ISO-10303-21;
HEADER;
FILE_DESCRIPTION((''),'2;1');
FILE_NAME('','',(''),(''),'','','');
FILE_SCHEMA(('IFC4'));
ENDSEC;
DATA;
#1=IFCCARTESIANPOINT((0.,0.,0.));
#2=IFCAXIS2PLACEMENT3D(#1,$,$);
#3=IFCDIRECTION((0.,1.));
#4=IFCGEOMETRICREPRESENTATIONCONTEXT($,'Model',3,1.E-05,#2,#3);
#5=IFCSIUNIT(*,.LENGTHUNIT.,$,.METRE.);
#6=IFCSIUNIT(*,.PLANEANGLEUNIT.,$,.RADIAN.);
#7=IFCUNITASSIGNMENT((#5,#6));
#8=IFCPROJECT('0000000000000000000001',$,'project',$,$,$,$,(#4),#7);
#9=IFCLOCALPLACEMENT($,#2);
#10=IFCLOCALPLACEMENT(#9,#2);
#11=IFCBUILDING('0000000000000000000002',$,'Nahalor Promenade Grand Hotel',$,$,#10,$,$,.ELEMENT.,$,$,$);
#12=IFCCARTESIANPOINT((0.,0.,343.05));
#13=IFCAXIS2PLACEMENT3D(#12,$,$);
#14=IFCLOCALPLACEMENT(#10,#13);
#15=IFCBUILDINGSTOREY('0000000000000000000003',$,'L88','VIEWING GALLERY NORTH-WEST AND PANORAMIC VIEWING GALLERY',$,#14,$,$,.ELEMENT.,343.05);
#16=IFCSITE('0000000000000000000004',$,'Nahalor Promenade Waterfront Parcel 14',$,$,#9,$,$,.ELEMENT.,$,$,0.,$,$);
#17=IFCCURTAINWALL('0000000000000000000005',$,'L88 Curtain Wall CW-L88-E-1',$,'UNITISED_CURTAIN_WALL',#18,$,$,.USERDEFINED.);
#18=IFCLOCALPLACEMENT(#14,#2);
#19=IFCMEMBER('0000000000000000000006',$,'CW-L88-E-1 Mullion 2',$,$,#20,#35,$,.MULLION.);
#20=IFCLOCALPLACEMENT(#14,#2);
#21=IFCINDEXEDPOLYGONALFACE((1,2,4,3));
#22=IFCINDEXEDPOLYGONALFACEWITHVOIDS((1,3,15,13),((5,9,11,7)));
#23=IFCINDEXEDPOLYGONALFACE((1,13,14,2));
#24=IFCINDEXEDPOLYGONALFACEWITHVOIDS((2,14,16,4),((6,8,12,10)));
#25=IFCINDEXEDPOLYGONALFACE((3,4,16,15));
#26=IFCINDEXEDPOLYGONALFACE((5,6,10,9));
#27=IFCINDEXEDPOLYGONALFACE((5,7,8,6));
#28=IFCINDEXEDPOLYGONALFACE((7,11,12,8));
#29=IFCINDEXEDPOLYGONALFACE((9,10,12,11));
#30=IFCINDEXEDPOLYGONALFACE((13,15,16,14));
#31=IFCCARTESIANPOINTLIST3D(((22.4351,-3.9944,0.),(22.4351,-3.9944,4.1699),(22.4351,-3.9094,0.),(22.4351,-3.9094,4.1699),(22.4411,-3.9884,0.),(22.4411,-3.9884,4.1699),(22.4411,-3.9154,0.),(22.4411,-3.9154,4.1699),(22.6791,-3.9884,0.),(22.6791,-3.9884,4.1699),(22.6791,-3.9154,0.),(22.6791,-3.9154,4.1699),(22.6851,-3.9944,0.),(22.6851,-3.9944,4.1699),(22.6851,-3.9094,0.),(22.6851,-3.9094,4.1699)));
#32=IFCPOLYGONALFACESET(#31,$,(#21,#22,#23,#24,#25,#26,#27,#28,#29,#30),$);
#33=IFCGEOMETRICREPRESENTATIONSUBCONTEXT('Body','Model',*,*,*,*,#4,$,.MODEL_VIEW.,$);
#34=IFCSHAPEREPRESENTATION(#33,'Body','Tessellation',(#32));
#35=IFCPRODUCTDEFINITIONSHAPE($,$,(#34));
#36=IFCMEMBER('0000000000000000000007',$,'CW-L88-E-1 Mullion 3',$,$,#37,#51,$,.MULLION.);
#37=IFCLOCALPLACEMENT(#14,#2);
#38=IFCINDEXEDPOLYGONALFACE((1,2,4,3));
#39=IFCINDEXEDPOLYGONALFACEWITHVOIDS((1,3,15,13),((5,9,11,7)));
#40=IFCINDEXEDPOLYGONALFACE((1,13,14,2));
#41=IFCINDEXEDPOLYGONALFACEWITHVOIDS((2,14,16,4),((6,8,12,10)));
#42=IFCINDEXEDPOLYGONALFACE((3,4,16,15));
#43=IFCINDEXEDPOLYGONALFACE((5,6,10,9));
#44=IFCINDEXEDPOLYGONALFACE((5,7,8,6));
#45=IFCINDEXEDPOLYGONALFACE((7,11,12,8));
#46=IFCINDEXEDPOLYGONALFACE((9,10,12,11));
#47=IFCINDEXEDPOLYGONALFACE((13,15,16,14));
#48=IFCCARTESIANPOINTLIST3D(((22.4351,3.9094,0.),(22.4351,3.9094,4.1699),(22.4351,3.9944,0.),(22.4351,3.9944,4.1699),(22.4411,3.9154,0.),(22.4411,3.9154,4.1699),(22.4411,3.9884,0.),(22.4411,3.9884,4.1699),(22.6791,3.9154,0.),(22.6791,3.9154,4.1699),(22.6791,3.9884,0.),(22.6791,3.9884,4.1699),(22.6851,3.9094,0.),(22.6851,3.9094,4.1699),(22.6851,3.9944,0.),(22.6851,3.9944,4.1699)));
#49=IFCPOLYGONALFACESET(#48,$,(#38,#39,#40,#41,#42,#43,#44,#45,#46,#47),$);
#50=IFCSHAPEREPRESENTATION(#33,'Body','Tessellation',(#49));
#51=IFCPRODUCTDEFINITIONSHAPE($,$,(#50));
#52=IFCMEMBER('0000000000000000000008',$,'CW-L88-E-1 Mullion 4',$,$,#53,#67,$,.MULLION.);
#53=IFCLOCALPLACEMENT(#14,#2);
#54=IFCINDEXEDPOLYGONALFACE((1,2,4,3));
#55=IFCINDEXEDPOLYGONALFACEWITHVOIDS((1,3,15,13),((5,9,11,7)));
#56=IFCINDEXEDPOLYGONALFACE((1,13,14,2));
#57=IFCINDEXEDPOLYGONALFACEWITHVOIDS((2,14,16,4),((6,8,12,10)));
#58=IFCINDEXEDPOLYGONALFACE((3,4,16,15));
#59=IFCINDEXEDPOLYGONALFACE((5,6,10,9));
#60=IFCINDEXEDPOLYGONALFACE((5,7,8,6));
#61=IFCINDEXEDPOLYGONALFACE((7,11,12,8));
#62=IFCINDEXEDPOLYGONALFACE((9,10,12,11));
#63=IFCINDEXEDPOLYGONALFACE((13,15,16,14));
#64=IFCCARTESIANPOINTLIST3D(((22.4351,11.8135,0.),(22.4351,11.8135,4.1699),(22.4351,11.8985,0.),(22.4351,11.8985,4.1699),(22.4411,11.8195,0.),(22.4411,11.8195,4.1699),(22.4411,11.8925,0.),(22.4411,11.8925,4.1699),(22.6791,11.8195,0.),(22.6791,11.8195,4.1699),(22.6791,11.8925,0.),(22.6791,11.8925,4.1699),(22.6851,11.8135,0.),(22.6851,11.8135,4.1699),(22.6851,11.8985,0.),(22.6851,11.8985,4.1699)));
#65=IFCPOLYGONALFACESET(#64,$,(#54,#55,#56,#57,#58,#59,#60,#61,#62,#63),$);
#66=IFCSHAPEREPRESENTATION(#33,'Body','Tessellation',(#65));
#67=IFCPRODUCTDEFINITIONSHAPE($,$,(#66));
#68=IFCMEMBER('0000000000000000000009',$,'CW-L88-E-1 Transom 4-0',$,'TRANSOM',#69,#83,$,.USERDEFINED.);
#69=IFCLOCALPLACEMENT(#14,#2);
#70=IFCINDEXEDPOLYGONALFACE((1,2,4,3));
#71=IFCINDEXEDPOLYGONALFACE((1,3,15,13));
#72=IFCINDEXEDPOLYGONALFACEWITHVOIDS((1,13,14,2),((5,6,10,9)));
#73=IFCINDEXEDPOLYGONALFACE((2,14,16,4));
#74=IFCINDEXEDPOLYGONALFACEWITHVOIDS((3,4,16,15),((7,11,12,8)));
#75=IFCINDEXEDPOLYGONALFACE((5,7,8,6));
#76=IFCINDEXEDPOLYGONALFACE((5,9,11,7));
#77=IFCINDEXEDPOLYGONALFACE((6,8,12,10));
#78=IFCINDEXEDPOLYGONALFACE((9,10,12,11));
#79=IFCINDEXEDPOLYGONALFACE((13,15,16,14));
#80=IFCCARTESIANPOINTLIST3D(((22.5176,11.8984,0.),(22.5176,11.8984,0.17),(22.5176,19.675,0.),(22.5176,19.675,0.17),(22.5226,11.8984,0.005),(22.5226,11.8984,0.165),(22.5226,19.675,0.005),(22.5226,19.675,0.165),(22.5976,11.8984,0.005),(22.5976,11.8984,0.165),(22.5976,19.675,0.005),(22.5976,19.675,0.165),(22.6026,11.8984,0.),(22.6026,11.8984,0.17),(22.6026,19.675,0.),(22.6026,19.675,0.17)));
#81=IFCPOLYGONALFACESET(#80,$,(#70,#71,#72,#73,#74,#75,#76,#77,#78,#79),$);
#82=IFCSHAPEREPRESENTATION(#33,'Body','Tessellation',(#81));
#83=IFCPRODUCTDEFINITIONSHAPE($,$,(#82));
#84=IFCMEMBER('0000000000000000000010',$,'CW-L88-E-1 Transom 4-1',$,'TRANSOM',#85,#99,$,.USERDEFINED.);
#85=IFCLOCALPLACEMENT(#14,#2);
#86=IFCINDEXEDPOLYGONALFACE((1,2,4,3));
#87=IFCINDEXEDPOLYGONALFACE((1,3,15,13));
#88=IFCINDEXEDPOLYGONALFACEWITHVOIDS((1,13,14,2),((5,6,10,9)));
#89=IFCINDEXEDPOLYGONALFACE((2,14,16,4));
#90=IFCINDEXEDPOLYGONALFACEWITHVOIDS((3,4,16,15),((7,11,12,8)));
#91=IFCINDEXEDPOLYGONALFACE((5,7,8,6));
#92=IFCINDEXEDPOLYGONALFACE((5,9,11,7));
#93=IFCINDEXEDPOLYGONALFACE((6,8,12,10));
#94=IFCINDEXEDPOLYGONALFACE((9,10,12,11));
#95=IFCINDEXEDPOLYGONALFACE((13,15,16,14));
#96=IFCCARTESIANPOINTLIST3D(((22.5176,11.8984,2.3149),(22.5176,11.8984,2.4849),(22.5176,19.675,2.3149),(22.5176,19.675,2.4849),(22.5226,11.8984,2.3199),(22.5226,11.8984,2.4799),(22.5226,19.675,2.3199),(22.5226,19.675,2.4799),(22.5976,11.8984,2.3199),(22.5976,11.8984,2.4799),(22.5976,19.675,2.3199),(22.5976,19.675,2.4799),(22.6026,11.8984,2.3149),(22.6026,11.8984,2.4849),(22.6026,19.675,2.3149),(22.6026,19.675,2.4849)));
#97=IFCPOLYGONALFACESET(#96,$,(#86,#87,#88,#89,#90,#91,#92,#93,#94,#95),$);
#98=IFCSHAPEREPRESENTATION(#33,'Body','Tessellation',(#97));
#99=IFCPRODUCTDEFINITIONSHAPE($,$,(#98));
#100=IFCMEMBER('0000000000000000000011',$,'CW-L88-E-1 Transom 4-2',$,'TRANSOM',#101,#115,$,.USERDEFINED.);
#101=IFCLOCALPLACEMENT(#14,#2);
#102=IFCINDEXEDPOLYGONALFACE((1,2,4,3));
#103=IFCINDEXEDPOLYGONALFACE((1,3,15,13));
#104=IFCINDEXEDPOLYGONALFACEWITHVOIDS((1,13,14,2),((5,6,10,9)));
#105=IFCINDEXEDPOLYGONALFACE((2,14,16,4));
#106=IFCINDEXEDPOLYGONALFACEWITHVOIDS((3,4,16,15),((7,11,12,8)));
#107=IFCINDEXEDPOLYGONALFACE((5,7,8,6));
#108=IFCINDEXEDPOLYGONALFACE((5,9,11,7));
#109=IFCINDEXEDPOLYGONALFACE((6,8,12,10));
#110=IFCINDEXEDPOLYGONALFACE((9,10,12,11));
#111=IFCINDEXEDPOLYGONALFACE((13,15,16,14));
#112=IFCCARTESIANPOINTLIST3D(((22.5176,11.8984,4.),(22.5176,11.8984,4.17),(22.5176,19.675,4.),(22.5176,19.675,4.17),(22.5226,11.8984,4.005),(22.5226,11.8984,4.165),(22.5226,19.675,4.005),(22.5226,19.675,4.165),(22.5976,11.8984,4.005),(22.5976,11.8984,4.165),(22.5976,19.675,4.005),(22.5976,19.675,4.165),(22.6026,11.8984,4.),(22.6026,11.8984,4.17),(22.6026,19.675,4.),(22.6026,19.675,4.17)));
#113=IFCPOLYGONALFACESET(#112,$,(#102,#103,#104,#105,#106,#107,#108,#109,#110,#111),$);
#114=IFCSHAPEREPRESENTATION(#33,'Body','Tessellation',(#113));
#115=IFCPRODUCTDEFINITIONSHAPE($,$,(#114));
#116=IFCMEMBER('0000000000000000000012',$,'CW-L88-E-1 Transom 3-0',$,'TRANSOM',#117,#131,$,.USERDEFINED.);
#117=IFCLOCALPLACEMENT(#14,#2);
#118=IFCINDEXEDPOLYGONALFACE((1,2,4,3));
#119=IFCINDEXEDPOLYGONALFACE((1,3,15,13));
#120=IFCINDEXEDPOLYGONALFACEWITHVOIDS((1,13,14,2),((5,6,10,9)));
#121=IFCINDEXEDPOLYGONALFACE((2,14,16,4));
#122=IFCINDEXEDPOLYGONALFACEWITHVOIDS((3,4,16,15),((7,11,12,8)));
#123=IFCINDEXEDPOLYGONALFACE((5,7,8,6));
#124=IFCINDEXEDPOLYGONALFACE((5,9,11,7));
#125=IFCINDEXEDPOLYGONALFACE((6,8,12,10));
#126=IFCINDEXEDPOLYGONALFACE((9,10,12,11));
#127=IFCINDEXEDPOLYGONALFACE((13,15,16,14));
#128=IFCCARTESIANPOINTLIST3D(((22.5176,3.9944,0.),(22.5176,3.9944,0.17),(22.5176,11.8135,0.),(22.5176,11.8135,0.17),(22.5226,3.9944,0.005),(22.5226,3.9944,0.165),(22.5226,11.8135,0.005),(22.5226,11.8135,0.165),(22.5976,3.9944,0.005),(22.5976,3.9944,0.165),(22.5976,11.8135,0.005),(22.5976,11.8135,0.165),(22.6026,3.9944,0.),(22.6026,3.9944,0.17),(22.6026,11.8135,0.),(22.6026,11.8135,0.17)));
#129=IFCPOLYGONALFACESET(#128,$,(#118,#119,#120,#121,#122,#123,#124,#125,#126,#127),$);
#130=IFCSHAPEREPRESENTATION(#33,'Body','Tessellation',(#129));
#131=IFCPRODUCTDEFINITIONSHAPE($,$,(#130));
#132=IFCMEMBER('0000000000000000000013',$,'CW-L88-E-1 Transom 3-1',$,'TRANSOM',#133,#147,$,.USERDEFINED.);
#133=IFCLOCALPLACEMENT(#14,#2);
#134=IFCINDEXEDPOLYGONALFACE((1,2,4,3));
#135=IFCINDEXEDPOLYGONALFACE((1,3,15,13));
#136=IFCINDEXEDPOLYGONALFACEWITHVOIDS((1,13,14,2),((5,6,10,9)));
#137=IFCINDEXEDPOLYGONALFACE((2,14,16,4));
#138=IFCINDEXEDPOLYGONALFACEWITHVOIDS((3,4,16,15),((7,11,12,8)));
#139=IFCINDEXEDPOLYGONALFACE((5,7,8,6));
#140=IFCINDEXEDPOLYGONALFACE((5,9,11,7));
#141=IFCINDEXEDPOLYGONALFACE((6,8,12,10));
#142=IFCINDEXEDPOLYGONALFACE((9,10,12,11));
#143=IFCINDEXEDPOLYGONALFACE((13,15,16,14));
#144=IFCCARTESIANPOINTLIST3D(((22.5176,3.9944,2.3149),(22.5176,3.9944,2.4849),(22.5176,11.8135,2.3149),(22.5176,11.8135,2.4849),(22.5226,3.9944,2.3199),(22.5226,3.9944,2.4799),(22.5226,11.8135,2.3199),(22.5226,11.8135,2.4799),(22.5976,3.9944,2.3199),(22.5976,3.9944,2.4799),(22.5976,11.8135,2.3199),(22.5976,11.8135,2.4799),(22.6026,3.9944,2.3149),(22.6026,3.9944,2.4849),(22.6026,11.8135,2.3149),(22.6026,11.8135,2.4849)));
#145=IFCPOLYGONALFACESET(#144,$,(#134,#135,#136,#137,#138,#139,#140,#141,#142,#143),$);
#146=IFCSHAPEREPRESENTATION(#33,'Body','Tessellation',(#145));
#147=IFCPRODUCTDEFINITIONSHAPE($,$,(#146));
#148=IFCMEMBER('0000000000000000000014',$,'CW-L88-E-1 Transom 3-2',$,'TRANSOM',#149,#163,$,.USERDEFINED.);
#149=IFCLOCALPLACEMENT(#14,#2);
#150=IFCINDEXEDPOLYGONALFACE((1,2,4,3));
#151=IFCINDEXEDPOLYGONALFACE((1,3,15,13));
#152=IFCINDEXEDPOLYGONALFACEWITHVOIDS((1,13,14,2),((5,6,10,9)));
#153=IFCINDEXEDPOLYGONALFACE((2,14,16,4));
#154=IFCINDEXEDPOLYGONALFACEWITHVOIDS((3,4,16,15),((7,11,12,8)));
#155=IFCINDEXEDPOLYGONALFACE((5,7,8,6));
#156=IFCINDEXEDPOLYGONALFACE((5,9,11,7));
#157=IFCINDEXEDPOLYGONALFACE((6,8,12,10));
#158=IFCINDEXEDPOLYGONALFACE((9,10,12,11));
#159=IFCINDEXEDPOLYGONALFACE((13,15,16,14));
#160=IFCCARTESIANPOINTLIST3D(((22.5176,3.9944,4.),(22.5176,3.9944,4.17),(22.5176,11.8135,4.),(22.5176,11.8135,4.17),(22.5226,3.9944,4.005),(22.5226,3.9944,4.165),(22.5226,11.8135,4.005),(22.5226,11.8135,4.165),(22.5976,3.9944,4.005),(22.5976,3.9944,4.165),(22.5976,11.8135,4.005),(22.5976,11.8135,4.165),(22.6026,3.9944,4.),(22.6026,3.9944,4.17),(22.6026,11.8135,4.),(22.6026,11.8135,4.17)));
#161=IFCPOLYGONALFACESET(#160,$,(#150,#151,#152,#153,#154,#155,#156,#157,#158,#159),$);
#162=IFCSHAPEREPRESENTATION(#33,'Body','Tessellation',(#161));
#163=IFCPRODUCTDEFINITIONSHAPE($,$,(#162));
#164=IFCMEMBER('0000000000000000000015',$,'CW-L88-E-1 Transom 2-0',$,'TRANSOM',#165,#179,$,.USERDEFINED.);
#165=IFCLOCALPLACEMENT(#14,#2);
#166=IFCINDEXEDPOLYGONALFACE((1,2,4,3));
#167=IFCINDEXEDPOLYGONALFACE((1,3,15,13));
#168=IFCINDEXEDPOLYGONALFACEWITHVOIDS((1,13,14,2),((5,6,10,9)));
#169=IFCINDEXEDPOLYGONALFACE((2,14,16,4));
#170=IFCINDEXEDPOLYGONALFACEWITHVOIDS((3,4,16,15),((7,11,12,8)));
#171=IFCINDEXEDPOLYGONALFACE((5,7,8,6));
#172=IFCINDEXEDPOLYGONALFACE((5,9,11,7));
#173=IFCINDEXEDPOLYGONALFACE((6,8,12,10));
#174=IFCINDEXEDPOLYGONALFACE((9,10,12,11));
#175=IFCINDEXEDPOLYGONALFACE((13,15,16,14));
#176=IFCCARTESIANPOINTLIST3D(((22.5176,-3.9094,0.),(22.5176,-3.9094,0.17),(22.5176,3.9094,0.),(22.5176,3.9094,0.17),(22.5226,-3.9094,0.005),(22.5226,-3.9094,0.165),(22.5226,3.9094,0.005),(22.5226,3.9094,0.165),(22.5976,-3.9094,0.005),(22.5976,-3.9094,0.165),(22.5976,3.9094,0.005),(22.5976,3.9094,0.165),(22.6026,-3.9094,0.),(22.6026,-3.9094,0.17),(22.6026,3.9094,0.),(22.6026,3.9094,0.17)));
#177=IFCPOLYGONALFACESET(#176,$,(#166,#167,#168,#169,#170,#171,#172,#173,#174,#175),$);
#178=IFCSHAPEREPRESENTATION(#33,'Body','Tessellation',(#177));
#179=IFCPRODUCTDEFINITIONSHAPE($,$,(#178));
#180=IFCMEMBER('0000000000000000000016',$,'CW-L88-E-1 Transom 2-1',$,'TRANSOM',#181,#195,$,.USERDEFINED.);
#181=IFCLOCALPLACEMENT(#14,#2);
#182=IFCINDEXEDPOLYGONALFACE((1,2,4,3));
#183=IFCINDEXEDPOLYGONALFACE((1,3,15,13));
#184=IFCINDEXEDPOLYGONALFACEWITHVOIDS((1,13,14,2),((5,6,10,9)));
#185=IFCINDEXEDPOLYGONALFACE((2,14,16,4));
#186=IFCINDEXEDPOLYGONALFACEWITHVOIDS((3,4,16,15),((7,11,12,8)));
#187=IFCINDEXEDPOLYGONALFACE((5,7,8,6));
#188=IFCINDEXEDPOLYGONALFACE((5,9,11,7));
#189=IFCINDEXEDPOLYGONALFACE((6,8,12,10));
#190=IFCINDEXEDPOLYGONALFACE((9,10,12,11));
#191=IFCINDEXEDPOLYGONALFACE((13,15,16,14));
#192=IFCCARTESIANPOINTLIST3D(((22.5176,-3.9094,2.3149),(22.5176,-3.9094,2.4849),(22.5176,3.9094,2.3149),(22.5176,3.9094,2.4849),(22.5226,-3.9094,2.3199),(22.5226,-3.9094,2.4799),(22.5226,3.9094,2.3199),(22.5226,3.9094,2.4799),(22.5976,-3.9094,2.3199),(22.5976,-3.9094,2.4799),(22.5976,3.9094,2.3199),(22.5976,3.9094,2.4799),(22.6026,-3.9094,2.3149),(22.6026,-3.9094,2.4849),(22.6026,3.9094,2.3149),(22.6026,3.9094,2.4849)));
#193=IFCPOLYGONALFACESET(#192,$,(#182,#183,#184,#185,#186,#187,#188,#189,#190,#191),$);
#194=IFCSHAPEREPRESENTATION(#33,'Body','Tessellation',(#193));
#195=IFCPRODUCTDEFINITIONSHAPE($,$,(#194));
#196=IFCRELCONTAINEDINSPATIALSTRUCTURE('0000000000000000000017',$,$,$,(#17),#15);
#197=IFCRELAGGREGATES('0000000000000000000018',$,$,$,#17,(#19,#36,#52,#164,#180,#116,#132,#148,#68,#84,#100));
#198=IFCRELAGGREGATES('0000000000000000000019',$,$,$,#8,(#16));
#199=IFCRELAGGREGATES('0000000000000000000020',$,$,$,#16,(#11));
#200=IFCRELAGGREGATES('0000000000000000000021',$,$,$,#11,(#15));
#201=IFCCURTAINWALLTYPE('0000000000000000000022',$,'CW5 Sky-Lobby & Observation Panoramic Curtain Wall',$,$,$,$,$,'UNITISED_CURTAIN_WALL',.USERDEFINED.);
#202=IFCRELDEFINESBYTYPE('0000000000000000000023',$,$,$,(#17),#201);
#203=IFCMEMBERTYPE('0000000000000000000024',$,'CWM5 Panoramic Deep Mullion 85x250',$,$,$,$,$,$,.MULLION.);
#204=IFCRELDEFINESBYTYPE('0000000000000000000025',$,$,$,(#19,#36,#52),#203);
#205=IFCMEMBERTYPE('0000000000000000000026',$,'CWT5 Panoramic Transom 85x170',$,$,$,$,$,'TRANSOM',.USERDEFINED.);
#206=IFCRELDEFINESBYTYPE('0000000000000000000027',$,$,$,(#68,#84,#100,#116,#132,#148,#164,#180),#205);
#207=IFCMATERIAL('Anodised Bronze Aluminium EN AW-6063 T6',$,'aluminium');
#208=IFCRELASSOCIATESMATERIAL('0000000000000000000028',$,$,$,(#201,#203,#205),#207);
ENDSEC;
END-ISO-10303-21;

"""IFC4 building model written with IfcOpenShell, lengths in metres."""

from ifc_helpers import new_model, si_unit, direction, frame, origin, origin_2d, place, context, subcontext, project, spatial, hollow_rectangle, extrude, source, transform, mapped, material, material_profile, profile_set, type_object, element, aggregate, save


model = new_model("IFC4")

# Units and contexts
model_context = context("Model", 3, precision=1e-05, world=origin(), true_north=direction((0.0, 1.0)))
body_context = subcontext(model_context, "Body", "Model", "MODEL_VIEW")
ifc_project = project(units=[si_unit("LENGTHUNIT", "METRE"), si_unit("PLANEANGLEUNIT", "RADIAN")], contexts=[model_context])

# Site, building, storey
site_placement = place(None, origin())
site = spatial("IfcSite", under=ifc_project, at=site_placement, Name="Nahalor Promenade Waterfront Parcel 14", CompositionType="ELEMENT", RefElevation=0.0)
building_placement = place(site_placement, origin())
building = spatial("IfcBuilding", under=site, at=building_placement, Name="Nahalor Promenade Grand Hotel", CompositionType="ELEMENT")
storey_placement = place(building_placement, frame((0.0, 0.0, 343.05)))
storey = spatial("IfcBuildingStorey", under=building, at=storey_placement, Name="L88", Description="VIEWING GALLERY NORTH-WEST AND PANORAMIC VIEWING GALLERY", CompositionType="ELEMENT", Elevation=343.05)

# Curtain wall, members
ifc_material_1 = material(Name="Anodised Bronze Aluminium EN AW-6063 T6", Category="aluminium")
curtain_wall_type = type_object("IfcCurtainWallType", Name="CW5 Sky-Lobby & Observation Panoramic Curtain Wall", ElementType="UNITISED_CURTAIN_WALL", PredefinedType="USERDEFINED", material=ifc_material_1)
curtain_wall_placement = place(storey_placement, origin())
curtain_wall = element("IfcCurtainWall", 1, at=curtain_wall_placement, inside=storey, type_object=curtain_wall_type, Name="L88 Curtain Wall CW-L88-E-1", ObjectType="UNITISED_CURTAIN_WALL", PredefinedType="USERDEFINED")
ifc_material_profile_1 = material_profile(ifc_material_1, hollow_rectangle(XDim=0.085, YDim=0.25, WallThickness=0.006, at=origin_2d()), Name="CWM 85x250x6")
ifc_profile_set_1 = profile_set([ifc_material_profile_1], Name="Anodised Bronze Aluminium EN AW-6063 T6")
member_type_1 = type_object("IfcMemberType", Name="CWM5 Panoramic Deep Mullion 85x250", PredefinedType="MULLION", material=ifc_profile_set_1)
shared_shape_1 = source(origin(), body_context, "Body", "SweptSolid", [
    extrude(hollow_rectangle(XDim=0.085, YDim=0.25, WallThickness=0.006, at=origin_2d()), origin(), (0.0, 0.0, 1.0), 4.1699),
])
member_1_placement = place(storey_placement, frame((22.5601, -3.9519, 0.0), z_axis=(0.0, 0.0, 1.0), x_axis=(0.0, 1.0, 0.0)))
member_1 = element("IfcMember", 2, at=member_1_placement, type_object=member_type_1, Name="CW-L88-E-1 Mullion 2", PredefinedType="MULLION", context=body_context, shape_type="MappedRepresentation", body=[
    mapped(shared_shape_1, transform((0.0, 0.0, 0.0), scale=1.0)),
])
member_2_placement = place(storey_placement, frame((22.5601, 3.9519, 0.0), z_axis=(0.0, 0.0, 1.0), x_axis=(0.0, 1.0, 0.0)))
member_2 = element("IfcMember", 3, at=member_2_placement, type_object=member_type_1, Name="CW-L88-E-1 Mullion 3", PredefinedType="MULLION", context=body_context, shape_type="MappedRepresentation", body=[
    mapped(shared_shape_1, transform((0.0, 0.0, 0.0), scale=1.0)),
])
member_3_placement = place(storey_placement, frame((22.5601, 11.856, 0.0), z_axis=(0.0, 0.0, 1.0), x_axis=(0.0, 1.0, 0.0)))
member_3 = element("IfcMember", 4, at=member_3_placement, type_object=member_type_1, Name="CW-L88-E-1 Mullion 4", PredefinedType="MULLION", context=body_context, shape_type="MappedRepresentation", body=[
    mapped(shared_shape_1, transform((0.0, 0.0, 0.0), scale=1.0)),
])
ifc_material_profile_2 = material_profile(ifc_material_1, hollow_rectangle(XDim=0.085, YDim=0.17, WallThickness=0.005, at=origin_2d()), Name="CWT 85x170x5")
ifc_profile_set_2 = profile_set([ifc_material_profile_2], Name="Anodised Bronze Aluminium EN AW-6063 T6")
member_type_2 = type_object("IfcMemberType", Name="CWT5 Panoramic Transom 85x170", ElementType="TRANSOM", PredefinedType="USERDEFINED", material=ifc_profile_set_2)
shared_shape_2 = source(origin(), body_context, "Body", "SweptSolid", [
    extrude(hollow_rectangle(XDim=0.085, YDim=0.17, WallThickness=0.005, at=origin_2d()), origin(), (0.0, 0.0, 1.0), 7.7766),
])
member_4_placement = place(storey_placement, frame((22.5601, 11.8984, 0.085), z_axis=(0.0, 1.0, 0.0), x_axis=(-1.0, 0.0, 0.0)))
member_4 = element("IfcMember", 5, at=member_4_placement, type_object=member_type_2, Name="CW-L88-E-1 Transom 4-0", ObjectType="TRANSOM", PredefinedType="USERDEFINED", context=body_context, shape_type="MappedRepresentation", body=[
    mapped(shared_shape_2, transform((0.0, 0.0, 0.0), scale=1.0)),
])
member_5_placement = place(storey_placement, frame((22.5601, 11.8984, 2.3999), z_axis=(0.0, 1.0, 0.0), x_axis=(-1.0, 0.0, 0.0)))
member_5 = element("IfcMember", 6, at=member_5_placement, type_object=member_type_2, Name="CW-L88-E-1 Transom 4-1", ObjectType="TRANSOM", PredefinedType="USERDEFINED", context=body_context, shape_type="MappedRepresentation", body=[
    mapped(shared_shape_2, transform((0.0, 0.0, 0.0), scale=1.0)),
])
member_6_placement = place(storey_placement, frame((22.5601, 11.8984, 4.085), z_axis=(0.0, 1.0, 0.0), x_axis=(-1.0, 0.0, 0.0)))
member_6 = element("IfcMember", 7, at=member_6_placement, type_object=member_type_2, Name="CW-L88-E-1 Transom 4-2", ObjectType="TRANSOM", PredefinedType="USERDEFINED", context=body_context, shape_type="MappedRepresentation", body=[
    mapped(shared_shape_2, transform((0.0, 0.0, 0.0), scale=1.0)),
])
shared_shape_3 = source(origin(), body_context, "Body", "SweptSolid", [
    extrude(hollow_rectangle(XDim=0.085, YDim=0.17, WallThickness=0.005, at=origin_2d()), origin(), (0.0, 0.0, 1.0), 7.8191),
])
member_7_placement = place(storey_placement, frame((22.5601, 3.9944, 0.085), z_axis=(0.0, 1.0, 0.0), x_axis=(-1.0, 0.0, 0.0)))
member_7 = element("IfcMember", 8, at=member_7_placement, type_object=member_type_2, Name="CW-L88-E-1 Transom 3-0", ObjectType="TRANSOM", PredefinedType="USERDEFINED", context=body_context, shape_type="MappedRepresentation", body=[
    mapped(shared_shape_3, transform((0.0, 0.0, 0.0), scale=1.0)),
])
member_8_placement = place(storey_placement, frame((22.5601, 3.9944, 2.3999), z_axis=(0.0, 1.0, 0.0), x_axis=(-1.0, 0.0, 0.0)))
member_8 = element("IfcMember", 9, at=member_8_placement, type_object=member_type_2, Name="CW-L88-E-1 Transom 3-1", ObjectType="TRANSOM", PredefinedType="USERDEFINED", context=body_context, shape_type="MappedRepresentation", body=[
    mapped(shared_shape_3, transform((0.0, 0.0, 0.0), scale=1.0)),
])
member_9_placement = place(storey_placement, frame((22.5601, 3.9944, 4.085), z_axis=(0.0, 1.0, 0.0), x_axis=(-1.0, 0.0, 0.0)))
member_9 = element("IfcMember", 10, at=member_9_placement, type_object=member_type_2, Name="CW-L88-E-1 Transom 3-2", ObjectType="TRANSOM", PredefinedType="USERDEFINED", context=body_context, shape_type="MappedRepresentation", body=[
    mapped(shared_shape_3, transform((0.0, 0.0, 0.0), scale=1.0)),
])
shared_shape_4 = source(origin(), body_context, "Body", "SweptSolid", [
    extrude(hollow_rectangle(XDim=0.085, YDim=0.17, WallThickness=0.005, at=origin_2d()), origin(), (0.0, 0.0, 1.0), 7.8188),
])
member_10_placement = place(storey_placement, frame((22.5601, -3.9094, 0.085), z_axis=(0.0, 1.0, 0.0), x_axis=(-1.0, 0.0, 0.0)))
member_10 = element("IfcMember", 11, at=member_10_placement, type_object=member_type_2, Name="CW-L88-E-1 Transom 2-0", ObjectType="TRANSOM", PredefinedType="USERDEFINED", context=body_context, shape_type="MappedRepresentation", body=[
    mapped(shared_shape_4, transform((0.0, 0.0, 0.0), scale=1.0)),
])
member_11_placement = place(storey_placement, frame((22.5601, -3.9094, 2.3999), z_axis=(0.0, 1.0, 0.0), x_axis=(-1.0, 0.0, 0.0)))
member_11 = element("IfcMember", 12, at=member_11_placement, type_object=member_type_2, Name="CW-L88-E-1 Transom 2-1", ObjectType="TRANSOM", PredefinedType="USERDEFINED", context=body_context, shape_type="MappedRepresentation", body=[
    mapped(shared_shape_4, transform((0.0, 0.0, 0.0), scale=1.0)),
])
aggregate(curtain_wall, [member_1, member_2, member_3, member_10, member_11, member_7, member_8, member_9, member_4, member_5, member_6])

save(model, "model.ifc")
